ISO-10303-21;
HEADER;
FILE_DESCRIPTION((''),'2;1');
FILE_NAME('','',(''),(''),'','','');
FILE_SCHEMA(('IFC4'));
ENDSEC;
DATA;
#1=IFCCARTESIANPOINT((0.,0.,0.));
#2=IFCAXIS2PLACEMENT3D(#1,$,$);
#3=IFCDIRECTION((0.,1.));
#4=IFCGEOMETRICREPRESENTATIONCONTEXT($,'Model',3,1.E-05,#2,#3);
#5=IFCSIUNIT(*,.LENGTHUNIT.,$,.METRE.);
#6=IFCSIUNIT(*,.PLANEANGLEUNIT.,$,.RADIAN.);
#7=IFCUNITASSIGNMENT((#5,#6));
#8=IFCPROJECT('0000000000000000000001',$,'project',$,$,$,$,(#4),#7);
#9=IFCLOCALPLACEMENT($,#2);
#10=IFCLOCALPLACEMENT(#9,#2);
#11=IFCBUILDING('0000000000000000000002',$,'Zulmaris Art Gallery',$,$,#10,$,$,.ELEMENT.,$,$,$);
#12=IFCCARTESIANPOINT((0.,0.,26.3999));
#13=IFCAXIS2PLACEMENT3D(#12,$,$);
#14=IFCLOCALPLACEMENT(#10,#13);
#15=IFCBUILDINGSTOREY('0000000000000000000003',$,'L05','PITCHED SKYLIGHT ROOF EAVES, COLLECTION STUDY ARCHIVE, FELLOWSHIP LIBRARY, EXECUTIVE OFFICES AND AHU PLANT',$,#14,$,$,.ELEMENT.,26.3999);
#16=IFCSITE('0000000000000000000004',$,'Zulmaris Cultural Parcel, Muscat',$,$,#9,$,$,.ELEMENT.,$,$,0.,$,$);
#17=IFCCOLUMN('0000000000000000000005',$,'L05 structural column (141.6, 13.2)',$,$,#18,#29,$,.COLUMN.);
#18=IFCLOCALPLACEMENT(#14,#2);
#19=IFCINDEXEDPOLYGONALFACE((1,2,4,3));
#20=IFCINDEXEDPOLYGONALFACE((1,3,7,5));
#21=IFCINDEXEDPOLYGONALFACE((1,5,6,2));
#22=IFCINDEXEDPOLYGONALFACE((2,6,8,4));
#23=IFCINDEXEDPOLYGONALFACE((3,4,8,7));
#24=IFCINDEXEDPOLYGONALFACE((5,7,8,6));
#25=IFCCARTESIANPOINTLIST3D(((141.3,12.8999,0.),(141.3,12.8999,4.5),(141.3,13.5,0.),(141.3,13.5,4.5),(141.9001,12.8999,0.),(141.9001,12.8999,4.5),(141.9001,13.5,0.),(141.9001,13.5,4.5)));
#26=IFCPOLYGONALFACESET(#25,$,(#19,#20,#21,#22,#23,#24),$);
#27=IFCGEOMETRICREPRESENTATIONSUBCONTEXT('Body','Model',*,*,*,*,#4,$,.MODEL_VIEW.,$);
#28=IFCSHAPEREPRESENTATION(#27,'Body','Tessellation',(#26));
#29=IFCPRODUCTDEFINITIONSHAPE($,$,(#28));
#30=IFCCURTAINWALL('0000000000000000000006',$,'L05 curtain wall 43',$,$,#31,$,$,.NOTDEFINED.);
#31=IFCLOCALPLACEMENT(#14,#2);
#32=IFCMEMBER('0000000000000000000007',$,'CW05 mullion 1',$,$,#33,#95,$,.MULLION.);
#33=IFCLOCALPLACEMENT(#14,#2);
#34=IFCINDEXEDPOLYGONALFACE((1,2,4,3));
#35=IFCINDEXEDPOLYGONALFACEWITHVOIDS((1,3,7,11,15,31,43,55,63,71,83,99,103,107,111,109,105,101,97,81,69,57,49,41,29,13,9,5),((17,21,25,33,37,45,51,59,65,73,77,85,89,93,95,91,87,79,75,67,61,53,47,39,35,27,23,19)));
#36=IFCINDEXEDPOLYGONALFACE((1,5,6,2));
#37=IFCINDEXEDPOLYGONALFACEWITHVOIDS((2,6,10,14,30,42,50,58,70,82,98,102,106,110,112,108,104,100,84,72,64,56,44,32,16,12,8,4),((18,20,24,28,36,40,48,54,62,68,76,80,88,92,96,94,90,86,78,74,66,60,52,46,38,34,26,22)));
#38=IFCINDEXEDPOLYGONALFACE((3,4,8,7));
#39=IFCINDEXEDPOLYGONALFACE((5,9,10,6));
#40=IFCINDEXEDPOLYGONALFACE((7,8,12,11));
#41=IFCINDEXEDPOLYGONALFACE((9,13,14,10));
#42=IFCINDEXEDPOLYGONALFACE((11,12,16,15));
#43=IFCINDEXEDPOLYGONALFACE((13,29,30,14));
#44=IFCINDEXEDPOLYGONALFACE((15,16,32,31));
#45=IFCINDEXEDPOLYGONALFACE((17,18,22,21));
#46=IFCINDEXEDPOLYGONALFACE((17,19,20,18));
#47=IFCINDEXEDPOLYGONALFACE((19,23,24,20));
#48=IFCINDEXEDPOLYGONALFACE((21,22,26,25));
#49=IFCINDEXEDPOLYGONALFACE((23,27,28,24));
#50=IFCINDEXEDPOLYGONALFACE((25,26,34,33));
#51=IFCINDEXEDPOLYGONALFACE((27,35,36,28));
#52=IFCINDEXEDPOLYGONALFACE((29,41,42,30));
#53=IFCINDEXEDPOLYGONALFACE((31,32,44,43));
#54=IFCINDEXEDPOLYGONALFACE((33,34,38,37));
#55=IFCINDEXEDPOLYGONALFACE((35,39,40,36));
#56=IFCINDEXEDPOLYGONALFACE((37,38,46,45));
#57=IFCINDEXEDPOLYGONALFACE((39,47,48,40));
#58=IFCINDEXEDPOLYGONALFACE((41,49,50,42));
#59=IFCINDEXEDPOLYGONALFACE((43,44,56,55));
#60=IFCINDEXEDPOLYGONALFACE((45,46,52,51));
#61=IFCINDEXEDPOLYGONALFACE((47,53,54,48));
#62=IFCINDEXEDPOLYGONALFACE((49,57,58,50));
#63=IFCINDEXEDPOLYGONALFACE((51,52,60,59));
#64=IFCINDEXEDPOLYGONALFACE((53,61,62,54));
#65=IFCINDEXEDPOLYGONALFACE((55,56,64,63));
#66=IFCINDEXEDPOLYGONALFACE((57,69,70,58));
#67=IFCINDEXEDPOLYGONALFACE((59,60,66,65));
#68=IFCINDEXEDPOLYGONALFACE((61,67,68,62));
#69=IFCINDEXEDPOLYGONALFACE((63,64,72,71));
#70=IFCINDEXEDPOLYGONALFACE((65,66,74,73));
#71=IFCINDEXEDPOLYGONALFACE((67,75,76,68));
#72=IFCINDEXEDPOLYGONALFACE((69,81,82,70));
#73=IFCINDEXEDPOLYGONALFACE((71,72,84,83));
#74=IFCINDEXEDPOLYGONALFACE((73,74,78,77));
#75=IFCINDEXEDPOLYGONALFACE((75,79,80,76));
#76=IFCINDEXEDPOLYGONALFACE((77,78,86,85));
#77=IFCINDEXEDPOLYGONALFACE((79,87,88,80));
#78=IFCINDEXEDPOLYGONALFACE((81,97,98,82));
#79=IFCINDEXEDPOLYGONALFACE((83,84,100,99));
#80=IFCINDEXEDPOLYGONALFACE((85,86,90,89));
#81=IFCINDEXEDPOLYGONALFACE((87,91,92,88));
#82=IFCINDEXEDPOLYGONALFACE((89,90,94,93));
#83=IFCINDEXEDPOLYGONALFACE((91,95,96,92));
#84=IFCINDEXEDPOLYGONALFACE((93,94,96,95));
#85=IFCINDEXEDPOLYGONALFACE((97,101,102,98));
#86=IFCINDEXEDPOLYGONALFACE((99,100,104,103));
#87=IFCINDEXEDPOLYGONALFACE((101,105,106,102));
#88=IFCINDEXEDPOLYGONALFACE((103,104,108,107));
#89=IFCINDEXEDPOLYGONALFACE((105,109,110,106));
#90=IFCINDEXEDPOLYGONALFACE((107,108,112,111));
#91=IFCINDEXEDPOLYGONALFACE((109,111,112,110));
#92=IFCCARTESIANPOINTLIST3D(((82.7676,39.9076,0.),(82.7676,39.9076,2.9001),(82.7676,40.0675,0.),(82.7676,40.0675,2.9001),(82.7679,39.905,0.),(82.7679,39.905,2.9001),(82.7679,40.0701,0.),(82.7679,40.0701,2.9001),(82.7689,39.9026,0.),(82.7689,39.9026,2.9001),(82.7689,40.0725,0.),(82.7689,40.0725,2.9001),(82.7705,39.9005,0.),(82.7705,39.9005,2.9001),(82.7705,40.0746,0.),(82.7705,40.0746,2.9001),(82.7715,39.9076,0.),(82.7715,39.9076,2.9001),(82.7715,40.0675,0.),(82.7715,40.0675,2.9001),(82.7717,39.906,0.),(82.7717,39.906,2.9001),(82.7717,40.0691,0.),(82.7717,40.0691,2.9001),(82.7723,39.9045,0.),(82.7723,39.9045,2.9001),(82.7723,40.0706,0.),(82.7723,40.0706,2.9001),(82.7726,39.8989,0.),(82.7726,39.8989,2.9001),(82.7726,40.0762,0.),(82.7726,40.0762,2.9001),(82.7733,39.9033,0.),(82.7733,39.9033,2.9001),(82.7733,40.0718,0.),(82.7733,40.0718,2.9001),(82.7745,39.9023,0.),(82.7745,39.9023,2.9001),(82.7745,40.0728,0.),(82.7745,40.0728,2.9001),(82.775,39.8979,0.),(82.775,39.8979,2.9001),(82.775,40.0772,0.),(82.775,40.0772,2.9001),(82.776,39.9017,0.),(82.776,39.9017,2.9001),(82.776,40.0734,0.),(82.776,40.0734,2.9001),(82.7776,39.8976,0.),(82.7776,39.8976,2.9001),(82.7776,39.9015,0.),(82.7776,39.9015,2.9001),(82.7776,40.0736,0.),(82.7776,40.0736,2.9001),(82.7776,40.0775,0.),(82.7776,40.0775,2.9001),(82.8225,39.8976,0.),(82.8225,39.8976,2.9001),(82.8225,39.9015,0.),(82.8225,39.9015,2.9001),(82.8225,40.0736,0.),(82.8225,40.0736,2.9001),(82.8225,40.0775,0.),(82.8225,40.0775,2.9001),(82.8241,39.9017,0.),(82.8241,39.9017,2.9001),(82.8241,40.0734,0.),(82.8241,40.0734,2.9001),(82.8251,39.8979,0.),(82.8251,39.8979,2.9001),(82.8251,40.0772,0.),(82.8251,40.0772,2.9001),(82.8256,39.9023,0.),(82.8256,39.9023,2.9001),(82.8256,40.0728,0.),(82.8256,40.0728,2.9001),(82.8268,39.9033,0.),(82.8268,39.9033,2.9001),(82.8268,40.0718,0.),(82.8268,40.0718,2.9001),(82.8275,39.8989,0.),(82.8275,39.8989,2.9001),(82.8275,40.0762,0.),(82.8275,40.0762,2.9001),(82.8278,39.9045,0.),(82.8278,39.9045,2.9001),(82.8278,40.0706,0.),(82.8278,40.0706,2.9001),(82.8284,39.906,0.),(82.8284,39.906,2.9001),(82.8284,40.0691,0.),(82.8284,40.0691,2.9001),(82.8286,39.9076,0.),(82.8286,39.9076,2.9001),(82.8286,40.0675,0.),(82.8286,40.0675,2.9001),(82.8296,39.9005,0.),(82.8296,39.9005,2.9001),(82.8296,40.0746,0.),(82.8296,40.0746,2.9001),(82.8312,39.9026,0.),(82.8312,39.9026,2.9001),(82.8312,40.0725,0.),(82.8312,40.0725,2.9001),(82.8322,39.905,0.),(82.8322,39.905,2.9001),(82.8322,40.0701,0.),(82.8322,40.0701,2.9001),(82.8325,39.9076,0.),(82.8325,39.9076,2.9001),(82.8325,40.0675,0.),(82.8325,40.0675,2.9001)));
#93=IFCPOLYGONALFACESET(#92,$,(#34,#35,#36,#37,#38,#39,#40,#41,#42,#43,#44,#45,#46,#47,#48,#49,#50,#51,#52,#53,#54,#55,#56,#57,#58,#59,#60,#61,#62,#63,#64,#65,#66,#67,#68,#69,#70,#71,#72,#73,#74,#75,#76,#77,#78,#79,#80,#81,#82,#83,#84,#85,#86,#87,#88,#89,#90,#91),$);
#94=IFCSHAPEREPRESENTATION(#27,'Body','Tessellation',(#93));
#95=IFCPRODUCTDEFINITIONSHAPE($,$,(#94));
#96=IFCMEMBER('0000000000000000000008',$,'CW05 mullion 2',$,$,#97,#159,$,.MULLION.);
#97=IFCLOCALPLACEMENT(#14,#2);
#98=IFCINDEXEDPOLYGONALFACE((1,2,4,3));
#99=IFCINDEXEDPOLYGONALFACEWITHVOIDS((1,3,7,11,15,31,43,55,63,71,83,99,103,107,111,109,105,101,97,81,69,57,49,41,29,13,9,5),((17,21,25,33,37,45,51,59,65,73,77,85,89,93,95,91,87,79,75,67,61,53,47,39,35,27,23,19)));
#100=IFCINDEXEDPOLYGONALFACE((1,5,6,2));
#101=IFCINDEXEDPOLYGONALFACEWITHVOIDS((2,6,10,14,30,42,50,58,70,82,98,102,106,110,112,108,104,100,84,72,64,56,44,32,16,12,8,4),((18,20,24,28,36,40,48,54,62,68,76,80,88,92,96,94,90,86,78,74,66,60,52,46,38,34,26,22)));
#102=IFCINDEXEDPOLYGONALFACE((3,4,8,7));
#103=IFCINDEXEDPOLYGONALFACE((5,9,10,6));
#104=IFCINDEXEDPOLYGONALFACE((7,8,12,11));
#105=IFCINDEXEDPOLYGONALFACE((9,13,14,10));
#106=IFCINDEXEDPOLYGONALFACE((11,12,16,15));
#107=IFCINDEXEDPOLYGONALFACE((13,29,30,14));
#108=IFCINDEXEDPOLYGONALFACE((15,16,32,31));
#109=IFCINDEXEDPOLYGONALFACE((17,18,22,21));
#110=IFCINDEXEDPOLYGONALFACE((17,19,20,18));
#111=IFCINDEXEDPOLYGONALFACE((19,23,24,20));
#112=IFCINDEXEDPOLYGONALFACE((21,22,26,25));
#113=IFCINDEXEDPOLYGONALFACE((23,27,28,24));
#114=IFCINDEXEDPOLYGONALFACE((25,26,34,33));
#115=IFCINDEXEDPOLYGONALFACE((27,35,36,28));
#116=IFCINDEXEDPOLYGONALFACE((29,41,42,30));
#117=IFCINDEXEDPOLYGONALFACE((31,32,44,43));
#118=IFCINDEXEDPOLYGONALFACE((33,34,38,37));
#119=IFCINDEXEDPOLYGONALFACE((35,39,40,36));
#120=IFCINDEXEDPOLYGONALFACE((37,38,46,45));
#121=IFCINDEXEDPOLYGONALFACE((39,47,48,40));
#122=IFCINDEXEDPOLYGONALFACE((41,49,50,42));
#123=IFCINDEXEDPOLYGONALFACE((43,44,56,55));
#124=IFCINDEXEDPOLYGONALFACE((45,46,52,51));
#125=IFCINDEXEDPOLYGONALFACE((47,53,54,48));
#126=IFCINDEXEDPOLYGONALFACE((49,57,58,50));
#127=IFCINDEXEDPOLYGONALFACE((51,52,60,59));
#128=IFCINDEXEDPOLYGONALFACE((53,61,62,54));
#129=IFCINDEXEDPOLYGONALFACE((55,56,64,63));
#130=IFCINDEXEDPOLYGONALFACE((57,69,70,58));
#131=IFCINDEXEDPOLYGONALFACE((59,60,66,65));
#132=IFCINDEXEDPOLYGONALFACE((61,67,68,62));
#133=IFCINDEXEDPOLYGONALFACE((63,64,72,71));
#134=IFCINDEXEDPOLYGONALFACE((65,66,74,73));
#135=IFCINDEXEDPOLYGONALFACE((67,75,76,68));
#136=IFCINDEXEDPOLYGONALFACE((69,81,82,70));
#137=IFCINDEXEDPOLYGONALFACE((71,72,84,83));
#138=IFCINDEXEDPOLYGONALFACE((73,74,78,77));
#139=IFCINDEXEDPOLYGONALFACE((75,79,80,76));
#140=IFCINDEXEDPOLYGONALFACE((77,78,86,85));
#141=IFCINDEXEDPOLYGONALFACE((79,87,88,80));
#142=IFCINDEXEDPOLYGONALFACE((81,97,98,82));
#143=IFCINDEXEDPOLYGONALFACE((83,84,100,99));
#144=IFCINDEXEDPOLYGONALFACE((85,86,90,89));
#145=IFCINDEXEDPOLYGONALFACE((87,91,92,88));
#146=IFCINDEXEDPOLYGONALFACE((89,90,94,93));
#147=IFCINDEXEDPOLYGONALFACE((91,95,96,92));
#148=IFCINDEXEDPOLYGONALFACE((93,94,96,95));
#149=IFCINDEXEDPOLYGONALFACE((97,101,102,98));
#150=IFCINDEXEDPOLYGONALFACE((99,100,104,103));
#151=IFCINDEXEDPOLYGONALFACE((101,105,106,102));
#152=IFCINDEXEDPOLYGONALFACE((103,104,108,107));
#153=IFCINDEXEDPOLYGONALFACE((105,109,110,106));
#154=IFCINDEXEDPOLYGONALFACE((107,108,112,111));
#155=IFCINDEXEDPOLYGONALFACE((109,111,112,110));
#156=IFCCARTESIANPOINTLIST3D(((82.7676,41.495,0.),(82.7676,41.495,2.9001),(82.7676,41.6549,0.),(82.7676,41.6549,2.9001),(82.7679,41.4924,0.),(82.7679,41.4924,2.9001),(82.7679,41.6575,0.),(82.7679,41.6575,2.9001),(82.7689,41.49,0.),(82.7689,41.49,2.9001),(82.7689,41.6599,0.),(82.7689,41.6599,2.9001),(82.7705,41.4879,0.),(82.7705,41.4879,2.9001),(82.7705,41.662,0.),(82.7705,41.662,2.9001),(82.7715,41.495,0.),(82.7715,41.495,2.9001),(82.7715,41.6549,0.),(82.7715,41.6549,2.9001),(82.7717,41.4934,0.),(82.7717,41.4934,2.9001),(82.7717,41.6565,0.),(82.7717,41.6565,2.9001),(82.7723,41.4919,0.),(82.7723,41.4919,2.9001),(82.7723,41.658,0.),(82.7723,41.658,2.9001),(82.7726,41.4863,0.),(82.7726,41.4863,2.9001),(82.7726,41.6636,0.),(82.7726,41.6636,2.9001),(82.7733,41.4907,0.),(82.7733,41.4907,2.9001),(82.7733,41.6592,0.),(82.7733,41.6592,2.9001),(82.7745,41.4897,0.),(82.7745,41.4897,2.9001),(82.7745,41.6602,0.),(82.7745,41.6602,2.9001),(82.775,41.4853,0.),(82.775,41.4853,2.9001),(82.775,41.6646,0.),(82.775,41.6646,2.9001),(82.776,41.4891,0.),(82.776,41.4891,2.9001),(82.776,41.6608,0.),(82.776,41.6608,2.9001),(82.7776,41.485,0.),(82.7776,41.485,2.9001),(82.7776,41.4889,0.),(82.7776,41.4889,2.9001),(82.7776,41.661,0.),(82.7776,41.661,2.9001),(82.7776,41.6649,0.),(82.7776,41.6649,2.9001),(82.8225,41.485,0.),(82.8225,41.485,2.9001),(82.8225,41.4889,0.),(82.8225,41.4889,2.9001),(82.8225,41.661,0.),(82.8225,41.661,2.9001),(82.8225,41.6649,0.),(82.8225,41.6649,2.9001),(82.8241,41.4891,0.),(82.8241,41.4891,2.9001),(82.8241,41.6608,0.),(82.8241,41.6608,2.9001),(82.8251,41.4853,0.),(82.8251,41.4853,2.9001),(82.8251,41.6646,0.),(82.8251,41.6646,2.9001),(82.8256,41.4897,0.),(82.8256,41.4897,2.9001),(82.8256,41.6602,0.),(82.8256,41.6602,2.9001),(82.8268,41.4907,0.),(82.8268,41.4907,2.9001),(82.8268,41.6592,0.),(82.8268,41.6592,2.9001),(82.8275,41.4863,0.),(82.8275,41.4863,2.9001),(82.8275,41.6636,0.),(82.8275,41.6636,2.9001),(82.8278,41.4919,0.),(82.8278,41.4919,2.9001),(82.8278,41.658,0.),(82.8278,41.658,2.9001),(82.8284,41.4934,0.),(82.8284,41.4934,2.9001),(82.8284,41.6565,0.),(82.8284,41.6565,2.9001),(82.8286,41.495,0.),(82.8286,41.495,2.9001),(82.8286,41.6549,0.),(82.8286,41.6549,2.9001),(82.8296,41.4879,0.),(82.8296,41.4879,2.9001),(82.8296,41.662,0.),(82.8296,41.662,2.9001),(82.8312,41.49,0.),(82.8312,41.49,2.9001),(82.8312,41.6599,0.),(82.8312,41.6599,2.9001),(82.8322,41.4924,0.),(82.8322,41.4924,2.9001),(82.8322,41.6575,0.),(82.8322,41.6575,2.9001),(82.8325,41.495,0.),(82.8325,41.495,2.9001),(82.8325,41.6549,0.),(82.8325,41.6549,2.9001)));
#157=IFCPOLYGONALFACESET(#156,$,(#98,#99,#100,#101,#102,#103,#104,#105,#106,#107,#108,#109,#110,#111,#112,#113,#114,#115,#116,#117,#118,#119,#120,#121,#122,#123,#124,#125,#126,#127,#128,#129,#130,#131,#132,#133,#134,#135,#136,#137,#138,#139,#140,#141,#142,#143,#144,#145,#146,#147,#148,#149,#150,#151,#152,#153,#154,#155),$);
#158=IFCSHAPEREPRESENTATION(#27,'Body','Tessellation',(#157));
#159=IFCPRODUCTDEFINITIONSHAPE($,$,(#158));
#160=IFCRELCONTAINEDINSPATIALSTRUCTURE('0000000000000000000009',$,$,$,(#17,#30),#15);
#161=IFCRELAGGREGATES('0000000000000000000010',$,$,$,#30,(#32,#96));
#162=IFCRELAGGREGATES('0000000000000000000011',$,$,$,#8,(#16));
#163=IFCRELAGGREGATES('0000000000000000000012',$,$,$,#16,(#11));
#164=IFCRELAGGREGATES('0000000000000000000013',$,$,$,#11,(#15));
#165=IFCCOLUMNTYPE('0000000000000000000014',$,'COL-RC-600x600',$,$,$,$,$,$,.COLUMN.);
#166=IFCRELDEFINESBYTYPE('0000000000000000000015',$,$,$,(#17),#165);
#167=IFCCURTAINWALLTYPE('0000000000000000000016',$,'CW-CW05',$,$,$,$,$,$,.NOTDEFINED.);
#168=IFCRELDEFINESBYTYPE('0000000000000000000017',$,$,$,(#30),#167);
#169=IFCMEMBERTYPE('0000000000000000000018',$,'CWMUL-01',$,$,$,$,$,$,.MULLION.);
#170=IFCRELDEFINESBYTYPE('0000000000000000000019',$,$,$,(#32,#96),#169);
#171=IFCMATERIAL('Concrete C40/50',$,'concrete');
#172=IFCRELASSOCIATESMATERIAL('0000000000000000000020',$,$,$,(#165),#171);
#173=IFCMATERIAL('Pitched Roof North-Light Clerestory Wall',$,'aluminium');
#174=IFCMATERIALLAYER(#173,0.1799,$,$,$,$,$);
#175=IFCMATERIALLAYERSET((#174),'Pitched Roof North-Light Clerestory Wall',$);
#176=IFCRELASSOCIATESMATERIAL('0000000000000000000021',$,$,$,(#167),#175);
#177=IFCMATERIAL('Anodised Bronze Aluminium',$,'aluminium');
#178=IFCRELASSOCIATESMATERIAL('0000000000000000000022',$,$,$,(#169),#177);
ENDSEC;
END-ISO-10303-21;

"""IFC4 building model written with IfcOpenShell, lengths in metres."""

from ifc_helpers import new_model, si_unit, direction, frame, origin, origin_2d, place, context, subcontext, project, spatial, rectangle, hollow_rectangle, extrude, material, layer, layer_set, material_profile, profile_set, type_object, element, aggregate, save


model = new_model("IFC4")

# Units and contexts
model_context = context("Model", 3, precision=1e-05, world=origin(), true_north=direction((0.0, 1.0)))
body_context = subcontext(model_context, "Body", "Model", "MODEL_VIEW")
ifc_project = project(units=[si_unit("LENGTHUNIT", "METRE"), si_unit("PLANEANGLEUNIT", "RADIAN")], contexts=[model_context])

# Site, building, storey
site_placement = place(None, origin())
site = spatial("IfcSite", under=ifc_project, at=site_placement, Name="Zulmaris Cultural Parcel, Muscat", CompositionType="ELEMENT", RefElevation=0.0)
building_placement = place(site_placement, origin())
building = spatial("IfcBuilding", under=site, at=building_placement, Name="Zulmaris Art Gallery", CompositionType="ELEMENT")
storey_placement = place(building_placement, frame((0.0, 0.0, 26.3999)))
storey = spatial("IfcBuildingStorey", under=building, at=storey_placement, Name="L05", Description="PITCHED SKYLIGHT ROOF EAVES, COLLECTION STUDY ARCHIVE, FELLOWSHIP LIBRARY, EXECUTIVE OFFICES AND AHU PLANT", CompositionType="ELEMENT", Elevation=26.3999)

# Column
ifc_material_1 = material(Name="Concrete C40/50", Category="concrete")
ifc_material_profile_1 = material_profile(ifc_material_1, rectangle(XDim=0.6001, YDim=0.6001, at=origin_2d()), Name="RC 600x600")
ifc_profile_set_1 = profile_set([ifc_material_profile_1], Name="Concrete C40/50")
column_type = type_object("IfcColumnType", Name="COL-RC-600x600", PredefinedType="COLUMN", material=ifc_profile_set_1)
column_placement = place(storey_placement, frame((141.6001, 13.2, 0.0), z_axis=(0.0, 0.0, 1.0), x_axis=(1.0, 0.0, 0.0)))
element("IfcColumn", 1, at=column_placement, inside=storey, type_object=column_type, Name="L05 structural column (141.6, 13.2)", PredefinedType="COLUMN", context=body_context, shape_type="SweptSolid", body=[
    extrude(rectangle(XDim=0.6001, YDim=0.6001, at=origin_2d()), origin(), (0.0, 0.0, 1.0), 4.5),
])

# Curtain wall, members
ifc_material_2 = material(Name="Pitched Roof North-Light Clerestory Wall", Category="aluminium")
ifc_layer_1 = layer(ifc_material_2, 0.1799)
ifc_layer_set_1 = layer_set([ifc_layer_1], Name="Pitched Roof North-Light Clerestory Wall")
curtain_wall_type = type_object("IfcCurtainWallType", Name="CW-CW05", PredefinedType="NOTDEFINED", material=ifc_layer_set_1)
curtain_wall_1_placement = place(storey_placement, origin())
curtain_wall_1 = element("IfcCurtainWall", 2, at=curtain_wall_1_placement, inside=storey, type_object=curtain_wall_type, Name="L05 curtain wall 43", PredefinedType="NOTDEFINED")
ifc_material_3 = material(Name="Anodised Bronze Aluminium", Category="aluminium")
ifc_material_profile_2 = material_profile(ifc_material_3, hollow_rectangle(XDim=0.0649, YDim=0.1799, WallThickness=0.0039, InnerFilletRadius=0.0061, OuterFilletRadius=0.01, at=origin_2d()), Name="ALU 65x180x4")
ifc_profile_set_2 = profile_set([ifc_material_profile_2], Name="Anodised Bronze Aluminium")
member_type_1 = type_object("IfcMemberType", Name="CWMUL-01", PredefinedType="MULLION", material=ifc_profile_set_2)
member_1_placement = place(storey_placement, frame((82.8, 39.9875, 0.0), z_axis=(0.0, 0.0, 1.0), x_axis=(-1.0, 0.0, 0.0)))
member_1 = element("IfcMember", 3, at=member_1_placement, type_object=member_type_1, Name="CW05 mullion 1", PredefinedType="MULLION", context=body_context, shape_type="SweptSolid", body=[
    extrude(hollow_rectangle(XDim=0.0649, YDim=0.1799, WallThickness=0.0039, InnerFilletRadius=0.0061, OuterFilletRadius=0.01, at=origin_2d()), origin(), (0.0, 0.0, 1.0), 2.9001),
])
member_2_placement = place(storey_placement, frame((82.8, 41.575, 0.0), z_axis=(0.0, 0.0, 1.0), x_axis=(-1.0, 0.0, 0.0)))
member_2 = element("IfcMember", 4, at=member_2_placement, type_object=member_type_1, Name="CW05 mullion 2", PredefinedType="MULLION", context=body_context, shape_type="SweptSolid", body=[
    extrude(hollow_rectangle(XDim=0.0649, YDim=0.1799, WallThickness=0.0039, InnerFilletRadius=0.0061, OuterFilletRadius=0.01, at=origin_2d()), origin(), (0.0, 0.0, 1.0), 2.9001),
])

aggregate(curtain_wall_1, [member_1, member_2])

save(model, "model.ifc")
